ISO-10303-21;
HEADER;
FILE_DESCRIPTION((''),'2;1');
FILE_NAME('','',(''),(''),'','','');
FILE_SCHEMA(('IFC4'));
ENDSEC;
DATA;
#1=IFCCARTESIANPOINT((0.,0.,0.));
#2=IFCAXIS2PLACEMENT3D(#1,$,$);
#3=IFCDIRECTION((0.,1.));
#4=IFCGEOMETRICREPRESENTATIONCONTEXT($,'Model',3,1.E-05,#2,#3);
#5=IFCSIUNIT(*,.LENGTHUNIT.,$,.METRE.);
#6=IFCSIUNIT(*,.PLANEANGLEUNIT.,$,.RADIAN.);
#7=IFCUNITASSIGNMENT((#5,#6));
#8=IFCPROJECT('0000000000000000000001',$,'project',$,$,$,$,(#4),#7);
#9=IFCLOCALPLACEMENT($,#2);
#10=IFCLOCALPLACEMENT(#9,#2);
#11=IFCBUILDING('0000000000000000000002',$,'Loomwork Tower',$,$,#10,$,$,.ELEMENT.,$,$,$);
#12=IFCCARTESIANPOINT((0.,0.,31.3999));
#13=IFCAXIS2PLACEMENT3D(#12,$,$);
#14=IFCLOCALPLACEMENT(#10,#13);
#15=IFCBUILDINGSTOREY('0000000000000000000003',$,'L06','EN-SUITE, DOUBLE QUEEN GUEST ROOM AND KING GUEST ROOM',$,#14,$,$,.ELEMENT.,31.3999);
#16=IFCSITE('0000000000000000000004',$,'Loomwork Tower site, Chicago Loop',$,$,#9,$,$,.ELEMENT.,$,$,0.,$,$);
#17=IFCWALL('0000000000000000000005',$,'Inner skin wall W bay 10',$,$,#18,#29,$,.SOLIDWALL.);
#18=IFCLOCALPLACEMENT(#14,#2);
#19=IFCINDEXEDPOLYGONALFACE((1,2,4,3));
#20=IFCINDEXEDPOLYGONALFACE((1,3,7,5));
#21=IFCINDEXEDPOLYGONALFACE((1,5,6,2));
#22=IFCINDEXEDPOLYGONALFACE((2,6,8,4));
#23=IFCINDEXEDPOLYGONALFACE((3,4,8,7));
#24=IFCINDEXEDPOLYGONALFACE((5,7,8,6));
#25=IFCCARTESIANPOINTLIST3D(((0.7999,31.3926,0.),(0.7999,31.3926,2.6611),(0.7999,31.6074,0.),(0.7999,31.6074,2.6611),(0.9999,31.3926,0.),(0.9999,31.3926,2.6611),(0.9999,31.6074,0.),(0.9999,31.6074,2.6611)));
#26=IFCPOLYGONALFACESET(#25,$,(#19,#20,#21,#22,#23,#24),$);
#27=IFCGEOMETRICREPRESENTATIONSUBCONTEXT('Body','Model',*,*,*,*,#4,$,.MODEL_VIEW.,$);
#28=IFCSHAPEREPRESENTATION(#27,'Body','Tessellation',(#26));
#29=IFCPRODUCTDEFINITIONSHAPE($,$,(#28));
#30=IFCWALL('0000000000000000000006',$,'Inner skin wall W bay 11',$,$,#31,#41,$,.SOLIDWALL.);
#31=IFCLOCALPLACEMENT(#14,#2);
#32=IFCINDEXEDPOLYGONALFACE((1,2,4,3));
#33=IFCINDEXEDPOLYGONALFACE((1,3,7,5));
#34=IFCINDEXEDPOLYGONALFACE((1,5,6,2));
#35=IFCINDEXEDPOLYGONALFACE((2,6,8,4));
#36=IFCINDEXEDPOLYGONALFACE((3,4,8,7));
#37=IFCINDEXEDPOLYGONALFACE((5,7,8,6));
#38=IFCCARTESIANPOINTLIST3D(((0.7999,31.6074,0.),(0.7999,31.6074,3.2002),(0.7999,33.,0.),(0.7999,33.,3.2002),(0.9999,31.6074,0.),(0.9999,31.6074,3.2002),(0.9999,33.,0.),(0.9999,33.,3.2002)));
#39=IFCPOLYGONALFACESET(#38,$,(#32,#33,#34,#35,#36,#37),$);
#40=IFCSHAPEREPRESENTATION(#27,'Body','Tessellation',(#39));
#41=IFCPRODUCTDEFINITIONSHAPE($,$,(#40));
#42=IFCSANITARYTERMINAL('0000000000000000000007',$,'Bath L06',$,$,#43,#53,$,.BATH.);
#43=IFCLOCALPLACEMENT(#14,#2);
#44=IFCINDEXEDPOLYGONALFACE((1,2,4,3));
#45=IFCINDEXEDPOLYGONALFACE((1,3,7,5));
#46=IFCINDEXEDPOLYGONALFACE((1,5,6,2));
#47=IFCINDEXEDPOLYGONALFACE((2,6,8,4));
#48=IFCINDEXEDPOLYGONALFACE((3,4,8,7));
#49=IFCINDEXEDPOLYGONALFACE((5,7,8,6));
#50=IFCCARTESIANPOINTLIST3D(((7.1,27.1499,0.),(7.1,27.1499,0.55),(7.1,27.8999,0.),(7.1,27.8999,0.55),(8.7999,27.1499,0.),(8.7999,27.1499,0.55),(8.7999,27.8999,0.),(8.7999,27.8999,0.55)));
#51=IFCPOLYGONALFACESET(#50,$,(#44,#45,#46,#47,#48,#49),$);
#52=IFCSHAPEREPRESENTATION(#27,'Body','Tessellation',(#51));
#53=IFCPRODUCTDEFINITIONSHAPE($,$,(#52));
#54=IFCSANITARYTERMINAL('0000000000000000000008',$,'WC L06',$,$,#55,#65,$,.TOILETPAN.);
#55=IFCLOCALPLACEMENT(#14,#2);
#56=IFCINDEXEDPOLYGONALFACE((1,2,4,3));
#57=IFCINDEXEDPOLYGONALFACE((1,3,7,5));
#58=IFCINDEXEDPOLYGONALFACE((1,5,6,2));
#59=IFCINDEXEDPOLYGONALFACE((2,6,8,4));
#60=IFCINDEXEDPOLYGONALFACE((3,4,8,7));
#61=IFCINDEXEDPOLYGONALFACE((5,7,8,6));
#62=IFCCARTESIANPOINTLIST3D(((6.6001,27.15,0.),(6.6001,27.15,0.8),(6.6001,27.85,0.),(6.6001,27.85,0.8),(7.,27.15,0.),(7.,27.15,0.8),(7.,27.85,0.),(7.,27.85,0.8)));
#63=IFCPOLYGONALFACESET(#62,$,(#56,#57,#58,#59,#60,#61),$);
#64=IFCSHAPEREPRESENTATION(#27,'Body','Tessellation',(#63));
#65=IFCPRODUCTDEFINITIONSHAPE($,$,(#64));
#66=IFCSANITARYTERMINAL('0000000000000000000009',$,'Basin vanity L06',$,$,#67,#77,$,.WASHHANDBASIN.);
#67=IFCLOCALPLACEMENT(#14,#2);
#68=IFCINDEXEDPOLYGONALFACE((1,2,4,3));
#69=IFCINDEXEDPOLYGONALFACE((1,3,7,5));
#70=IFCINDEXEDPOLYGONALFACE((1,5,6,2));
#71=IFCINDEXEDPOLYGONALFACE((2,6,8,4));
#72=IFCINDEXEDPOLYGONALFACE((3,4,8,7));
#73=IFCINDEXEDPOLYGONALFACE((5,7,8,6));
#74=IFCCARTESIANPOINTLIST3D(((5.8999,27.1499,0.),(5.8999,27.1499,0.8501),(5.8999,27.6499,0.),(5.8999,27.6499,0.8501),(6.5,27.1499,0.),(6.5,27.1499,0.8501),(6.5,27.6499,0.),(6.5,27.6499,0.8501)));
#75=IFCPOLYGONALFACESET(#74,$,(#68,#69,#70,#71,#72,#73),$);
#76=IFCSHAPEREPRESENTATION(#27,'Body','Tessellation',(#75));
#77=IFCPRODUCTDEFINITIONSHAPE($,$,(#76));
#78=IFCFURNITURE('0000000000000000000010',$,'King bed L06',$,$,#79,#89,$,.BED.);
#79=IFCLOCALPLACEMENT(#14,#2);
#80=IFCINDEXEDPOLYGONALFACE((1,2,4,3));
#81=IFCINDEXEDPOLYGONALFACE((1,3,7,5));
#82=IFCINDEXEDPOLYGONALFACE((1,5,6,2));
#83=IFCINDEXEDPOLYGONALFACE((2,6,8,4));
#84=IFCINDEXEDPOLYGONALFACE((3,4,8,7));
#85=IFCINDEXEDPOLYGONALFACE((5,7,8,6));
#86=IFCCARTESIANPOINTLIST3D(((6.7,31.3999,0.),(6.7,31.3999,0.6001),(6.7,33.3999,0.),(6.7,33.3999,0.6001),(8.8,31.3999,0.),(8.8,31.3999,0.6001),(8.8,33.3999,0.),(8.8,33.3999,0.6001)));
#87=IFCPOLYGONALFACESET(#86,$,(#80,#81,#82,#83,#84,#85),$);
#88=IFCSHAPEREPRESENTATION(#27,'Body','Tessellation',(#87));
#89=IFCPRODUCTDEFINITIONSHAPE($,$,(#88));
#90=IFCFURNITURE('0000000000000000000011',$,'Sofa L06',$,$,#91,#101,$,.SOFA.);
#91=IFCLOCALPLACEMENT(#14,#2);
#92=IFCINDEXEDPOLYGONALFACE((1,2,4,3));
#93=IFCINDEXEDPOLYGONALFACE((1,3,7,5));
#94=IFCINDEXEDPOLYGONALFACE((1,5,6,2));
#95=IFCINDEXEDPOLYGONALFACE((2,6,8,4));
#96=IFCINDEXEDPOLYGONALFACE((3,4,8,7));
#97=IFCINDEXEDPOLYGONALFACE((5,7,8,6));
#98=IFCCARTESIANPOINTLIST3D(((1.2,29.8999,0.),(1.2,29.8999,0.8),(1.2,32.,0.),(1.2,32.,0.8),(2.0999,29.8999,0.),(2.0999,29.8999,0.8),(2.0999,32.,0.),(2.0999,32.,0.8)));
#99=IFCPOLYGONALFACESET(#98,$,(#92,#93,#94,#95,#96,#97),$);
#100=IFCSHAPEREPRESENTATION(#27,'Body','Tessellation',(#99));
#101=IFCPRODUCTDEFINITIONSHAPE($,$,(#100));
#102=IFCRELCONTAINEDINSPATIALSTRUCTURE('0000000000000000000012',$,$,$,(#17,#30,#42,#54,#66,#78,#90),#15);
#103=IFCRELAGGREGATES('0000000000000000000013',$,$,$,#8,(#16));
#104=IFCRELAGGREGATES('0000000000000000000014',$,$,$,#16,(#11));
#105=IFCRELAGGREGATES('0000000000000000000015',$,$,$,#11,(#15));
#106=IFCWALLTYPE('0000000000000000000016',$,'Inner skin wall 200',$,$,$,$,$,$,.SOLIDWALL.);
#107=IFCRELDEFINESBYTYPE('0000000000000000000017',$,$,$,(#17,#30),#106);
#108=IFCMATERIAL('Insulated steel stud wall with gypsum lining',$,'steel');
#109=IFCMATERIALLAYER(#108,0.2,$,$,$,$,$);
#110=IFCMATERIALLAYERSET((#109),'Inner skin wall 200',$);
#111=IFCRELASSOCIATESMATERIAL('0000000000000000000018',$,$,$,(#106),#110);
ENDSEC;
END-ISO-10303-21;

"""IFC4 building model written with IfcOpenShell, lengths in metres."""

from ifc_helpers import new_model, si_unit, direction, frame, frame_2d, origin, origin_2d, place, context, subcontext, project, spatial, rectangle, extrude, material, layer, layer_set, type_object, element, save


model = new_model("IFC4")

# Units and contexts
model_context = context("Model", 3, precision=1e-05, world=origin(), true_north=direction((0.0, 1.0)))
body_context = subcontext(model_context, "Body", "Model", "MODEL_VIEW")
ifc_project = project(units=[si_unit("LENGTHUNIT", "METRE"), si_unit("PLANEANGLEUNIT", "RADIAN")], contexts=[model_context])

# Site, building, storey
site_placement = place(None, origin())
site = spatial("IfcSite", under=ifc_project, at=site_placement, Name="Loomwork Tower site, Chicago Loop", CompositionType="ELEMENT", RefElevation=0.0)
building_placement = place(site_placement, origin())
building = spatial("IfcBuilding", under=site, at=building_placement, Name="Loomwork Tower", CompositionType="ELEMENT")
storey_placement = place(building_placement, frame((0.0, 0.0, 31.3999)))
storey = spatial("IfcBuildingStorey", under=building, at=storey_placement, Name="L06", Description="EN-SUITE, DOUBLE QUEEN GUEST ROOM AND KING GUEST ROOM", CompositionType="ELEMENT", Elevation=31.3999)

# Walls
ifc_material_1 = material(Name="Insulated steel stud wall with gypsum lining", Category="steel")
ifc_layer_1 = layer(ifc_material_1, 0.2)
ifc_layer_set_1 = layer_set([ifc_layer_1], Name="Inner skin wall 200")
wall_type_1 = type_object("IfcWallType", Name="Inner skin wall 200", PredefinedType="SOLIDWALL", material=ifc_layer_set_1)
wall_1_placement = place(storey_placement, frame((0.8999, 31.3926, 0.0), z_axis=(0.0, 0.0, 1.0), x_axis=(0.0, 1.0, 0.0)))
element("IfcWall", 1, at=wall_1_placement, inside=storey, type_object=wall_type_1, Name="Inner skin wall W bay 10", PredefinedType="SOLIDWALL", context=body_context, shape_type="SweptSolid", body=[
    extrude(rectangle(XDim=0.2148, YDim=0.2, at=frame_2d((0.1074, 0.0))), origin(), (0.0, 0.0, 1.0), 2.6611),
])
wall_2_placement = place(storey_placement, frame((0.8999, 31.6074, 0.0), z_axis=(0.0, 0.0, 1.0), x_axis=(0.0, 1.0, 0.0)))
element("IfcWall", 2, at=wall_2_placement, inside=storey, type_object=wall_type_1, Name="Inner skin wall W bay 11", PredefinedType="SOLIDWALL", context=body_context, shape_type="SweptSolid", body=[
    extrude(rectangle(XDim=1.3926, YDim=0.2, at=frame_2d((0.6963, 0.0))), origin(), (0.0, 0.0, 1.0), 3.2002),
])

# Sanitary terminals
sanitary_terminal_1_placement = place(storey_placement, frame((7.95, 27.5249, 0.0), z_axis=(0.0, 0.0, 1.0), x_axis=(1.0, 0.0, 0.0)))
element("IfcSanitaryTerminal", 3, at=sanitary_terminal_1_placement, inside=storey, Name="Bath L06", PredefinedType="BATH", context=body_context, shape_type="SweptSolid", body=[
    extrude(rectangle(XDim=1.7, YDim=0.75, at=origin_2d()), origin(), (0.0, 0.0, 1.0), 0.55),
])
sanitary_terminal_2_placement = place(storey_placement, frame((6.8, 27.5, 0.0), z_axis=(0.0, 0.0, 1.0), x_axis=(1.0, 0.0, 0.0)))
element("IfcSanitaryTerminal", 4, at=sanitary_terminal_2_placement, inside=storey, Name="WC L06", PredefinedType="TOILETPAN", context=body_context, shape_type="SweptSolid", body=[
    extrude(rectangle(XDim=0.3999, YDim=0.7, at=origin_2d()), origin(), (0.0, 0.0, 1.0), 0.8),
])
sanitary_terminal_3_placement = place(storey_placement, frame((6.2, 27.3999, 0.0), z_axis=(0.0, 0.0, 1.0), x_axis=(1.0, 0.0, 0.0)))
element("IfcSanitaryTerminal", 5, at=sanitary_terminal_3_placement, inside=storey, Name="Basin vanity L06", PredefinedType="WASHHANDBASIN", context=body_context, shape_type="SweptSolid", body=[
    extrude(rectangle(XDim=0.6001, YDim=0.5, at=origin_2d()), origin(), (0.0, 0.0, 1.0), 0.8501),
])

# Furniture
furniture_1_placement = place(storey_placement, frame((7.75, 32.3999, 0.0), z_axis=(0.0, 0.0, 1.0), x_axis=(1.0, 0.0, 0.0)))
element("IfcFurniture", 6, at=furniture_1_placement, inside=storey, Name="King bed L06", PredefinedType="BED", context=body_context, shape_type="SweptSolid", body=[
    extrude(rectangle(XDim=2.1001, YDim=2.0, at=origin_2d()), origin(), (0.0, 0.0, 1.0), 0.6001),
])
furniture_2_placement = place(storey_placement, frame((1.6499, 30.95, 0.0), z_axis=(0.0, 0.0, 1.0), x_axis=(1.0, 0.0, 0.0)))
element("IfcFurniture", 7, at=furniture_2_placement, inside=storey, Name="Sofa L06", PredefinedType="SOFA", context=body_context, shape_type="SweptSolid", body=[
    extrude(rectangle(XDim=0.8999, YDim=2.1001, at=origin_2d()), origin(), (0.0, 0.0, 1.0), 0.8),
])

save(model, "model.ifc")
